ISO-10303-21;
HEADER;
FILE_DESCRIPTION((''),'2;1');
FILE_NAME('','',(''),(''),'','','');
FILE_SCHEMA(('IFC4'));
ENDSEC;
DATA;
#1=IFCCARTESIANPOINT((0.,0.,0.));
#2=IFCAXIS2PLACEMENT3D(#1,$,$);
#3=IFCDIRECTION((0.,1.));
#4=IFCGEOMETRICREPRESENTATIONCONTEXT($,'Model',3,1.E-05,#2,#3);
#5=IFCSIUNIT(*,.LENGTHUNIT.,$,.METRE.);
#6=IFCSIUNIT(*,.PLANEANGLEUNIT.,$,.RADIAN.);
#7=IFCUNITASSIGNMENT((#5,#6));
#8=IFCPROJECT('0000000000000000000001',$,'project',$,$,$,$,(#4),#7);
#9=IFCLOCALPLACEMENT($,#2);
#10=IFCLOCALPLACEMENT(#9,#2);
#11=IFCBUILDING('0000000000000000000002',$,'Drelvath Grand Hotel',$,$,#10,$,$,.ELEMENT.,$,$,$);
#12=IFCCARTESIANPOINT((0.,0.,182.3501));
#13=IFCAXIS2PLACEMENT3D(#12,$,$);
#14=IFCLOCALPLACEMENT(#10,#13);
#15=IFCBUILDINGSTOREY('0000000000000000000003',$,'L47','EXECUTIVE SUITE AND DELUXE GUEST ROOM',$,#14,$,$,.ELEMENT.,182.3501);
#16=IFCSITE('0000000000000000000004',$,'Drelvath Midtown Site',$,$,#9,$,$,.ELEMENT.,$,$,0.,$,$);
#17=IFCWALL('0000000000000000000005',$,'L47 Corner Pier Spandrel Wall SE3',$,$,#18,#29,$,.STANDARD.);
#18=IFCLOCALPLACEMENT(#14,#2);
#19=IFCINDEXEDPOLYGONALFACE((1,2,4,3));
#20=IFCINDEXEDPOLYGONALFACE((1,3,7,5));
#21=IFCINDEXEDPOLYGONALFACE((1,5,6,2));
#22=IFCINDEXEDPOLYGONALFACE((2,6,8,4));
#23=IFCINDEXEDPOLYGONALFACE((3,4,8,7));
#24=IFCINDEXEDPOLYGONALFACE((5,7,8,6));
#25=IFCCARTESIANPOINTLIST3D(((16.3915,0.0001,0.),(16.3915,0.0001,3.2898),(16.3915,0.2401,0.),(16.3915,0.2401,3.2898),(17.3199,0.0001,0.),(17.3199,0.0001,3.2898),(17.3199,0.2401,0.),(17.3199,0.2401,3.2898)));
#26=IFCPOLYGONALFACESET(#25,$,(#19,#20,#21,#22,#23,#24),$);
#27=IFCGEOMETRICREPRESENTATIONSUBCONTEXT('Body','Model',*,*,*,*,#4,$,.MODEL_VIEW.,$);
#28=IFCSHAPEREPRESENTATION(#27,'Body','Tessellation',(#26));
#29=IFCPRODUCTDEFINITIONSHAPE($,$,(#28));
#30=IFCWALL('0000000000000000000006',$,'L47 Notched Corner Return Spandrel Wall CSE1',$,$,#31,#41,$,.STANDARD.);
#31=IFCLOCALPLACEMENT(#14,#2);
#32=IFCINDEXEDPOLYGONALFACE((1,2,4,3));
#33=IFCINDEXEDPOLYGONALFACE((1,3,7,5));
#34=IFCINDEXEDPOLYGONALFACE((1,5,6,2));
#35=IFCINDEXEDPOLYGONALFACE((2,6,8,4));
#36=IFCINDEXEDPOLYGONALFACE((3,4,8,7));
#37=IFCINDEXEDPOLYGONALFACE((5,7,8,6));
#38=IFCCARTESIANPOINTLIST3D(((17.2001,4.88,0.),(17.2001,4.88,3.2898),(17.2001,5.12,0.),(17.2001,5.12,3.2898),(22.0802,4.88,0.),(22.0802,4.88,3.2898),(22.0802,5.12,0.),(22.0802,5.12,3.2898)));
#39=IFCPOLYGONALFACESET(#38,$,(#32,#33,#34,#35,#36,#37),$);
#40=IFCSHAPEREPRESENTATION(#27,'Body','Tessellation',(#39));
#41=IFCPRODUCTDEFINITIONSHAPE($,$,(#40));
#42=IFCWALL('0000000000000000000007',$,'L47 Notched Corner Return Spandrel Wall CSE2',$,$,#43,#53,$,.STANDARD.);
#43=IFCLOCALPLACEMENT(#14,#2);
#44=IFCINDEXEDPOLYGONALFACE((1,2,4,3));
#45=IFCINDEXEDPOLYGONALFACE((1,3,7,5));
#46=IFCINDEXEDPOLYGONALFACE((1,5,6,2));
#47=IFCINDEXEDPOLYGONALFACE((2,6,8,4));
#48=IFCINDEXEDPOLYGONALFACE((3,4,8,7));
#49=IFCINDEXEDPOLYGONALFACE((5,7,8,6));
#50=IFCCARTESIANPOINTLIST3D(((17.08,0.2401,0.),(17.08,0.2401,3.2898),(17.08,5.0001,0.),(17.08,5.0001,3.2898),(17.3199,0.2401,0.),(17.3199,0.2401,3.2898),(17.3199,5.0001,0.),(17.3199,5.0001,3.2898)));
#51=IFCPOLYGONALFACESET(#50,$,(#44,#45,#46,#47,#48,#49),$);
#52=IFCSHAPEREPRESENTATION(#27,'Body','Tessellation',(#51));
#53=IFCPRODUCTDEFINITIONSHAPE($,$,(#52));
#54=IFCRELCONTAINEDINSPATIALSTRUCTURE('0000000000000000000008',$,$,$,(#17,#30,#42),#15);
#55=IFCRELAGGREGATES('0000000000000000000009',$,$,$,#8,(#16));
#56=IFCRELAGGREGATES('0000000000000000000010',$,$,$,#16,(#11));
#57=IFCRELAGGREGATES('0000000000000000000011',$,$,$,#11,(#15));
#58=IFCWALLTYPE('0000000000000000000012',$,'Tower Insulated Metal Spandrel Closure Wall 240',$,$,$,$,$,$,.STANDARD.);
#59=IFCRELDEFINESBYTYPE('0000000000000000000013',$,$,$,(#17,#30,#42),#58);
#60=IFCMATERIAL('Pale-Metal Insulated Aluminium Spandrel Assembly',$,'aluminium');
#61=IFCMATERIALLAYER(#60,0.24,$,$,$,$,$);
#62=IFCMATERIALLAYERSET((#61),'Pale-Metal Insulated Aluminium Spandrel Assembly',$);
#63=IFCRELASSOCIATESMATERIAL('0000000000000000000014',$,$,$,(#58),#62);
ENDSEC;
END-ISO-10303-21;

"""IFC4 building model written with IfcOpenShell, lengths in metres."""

from ifc_helpers import new_model, si_unit, direction, frame, frame_2d, origin, place, context, subcontext, project, spatial, rectangle, extrude, material, layer, layer_set, type_object, element, save


model = new_model("IFC4")

# Units and contexts
model_context = context("Model", 3, precision=1e-05, world=origin(), true_north=direction((0.0, 1.0)))
body_context = subcontext(model_context, "Body", "Model", "MODEL_VIEW")
ifc_project = project(units=[si_unit("LENGTHUNIT", "METRE"), si_unit("PLANEANGLEUNIT", "RADIAN")], contexts=[model_context])

# Site, building, storey
site_placement = place(None, origin())
site = spatial("IfcSite", under=ifc_project, at=site_placement, Name="Drelvath Midtown Site", CompositionType="ELEMENT", RefElevation=0.0)
building_placement = place(site_placement, origin())
building = spatial("IfcBuilding", under=site, at=building_placement, Name="Drelvath Grand Hotel", CompositionType="ELEMENT")
storey_placement = place(building_placement, frame((0.0, 0.0, 182.3501)))
storey = spatial("IfcBuildingStorey", under=building, at=storey_placement, Name="L47", Description="EXECUTIVE SUITE AND DELUXE GUEST ROOM", CompositionType="ELEMENT", Elevation=182.3501)

# Walls
ifc_material_1 = material(Name="Pale-Metal Insulated Aluminium Spandrel Assembly", Category="aluminium")
ifc_layer_1 = layer(ifc_material_1, 0.24)
ifc_layer_set_1 = layer_set([ifc_layer_1], Name="Pale-Metal Insulated Aluminium Spandrel Assembly")
wall_type_1 = type_object("IfcWallType", Name="Tower Insulated Metal Spandrel Closure Wall 240", PredefinedType="STANDARD", material=ifc_layer_set_1)
wall_1_placement = place(storey_placement, frame((17.3201, 0.1201, 0.0), z_axis=(0.0, 0.0, 1.0), x_axis=(-1.0, 0.0, 0.0)))
element("IfcWall", 1, at=wall_1_placement, inside=storey, type_object=wall_type_1, Name="L47 Corner Pier Spandrel Wall SE3", PredefinedType="STANDARD", context=body_context, shape_type="SweptSolid", body=[
    extrude(rectangle(XDim=0.9285, YDim=0.24, at=frame_2d((0.4644, 0.0))), origin(), (0.0, 0.0, 1.0), 3.2898),
])
wall_2_placement = place(storey_placement, frame((22.0801, 5.0, 0.0), z_axis=(0.0, 0.0, 1.0), x_axis=(-1.0, 0.0, 0.0)))
element("IfcWall", 2, at=wall_2_placement, inside=storey, type_object=wall_type_1, Name="L47 Notched Corner Return Spandrel Wall CSE1", PredefinedType="STANDARD", context=body_context, shape_type="SweptSolid", body=[
    extrude(rectangle(XDim=4.8801, YDim=0.24, at=frame_2d((2.4399, 0.0))), origin(), (0.0, 0.0, 1.0), 3.2898),
])
wall_3_placement = place(storey_placement, frame((17.2, 5.0, 0.0), z_axis=(0.0, 0.0, 1.0), x_axis=(0.0, -1.0, 0.0)))
element("IfcWall", 3, at=wall_3_placement, inside=storey, type_object=wall_type_1, Name="L47 Notched Corner Return Spandrel Wall CSE2", PredefinedType="STANDARD", context=body_context, shape_type="SweptSolid", body=[
    extrude(rectangle(XDim=4.76, YDim=0.24, at=frame_2d((2.3799, 0.0))), origin(), (0.0, 0.0, 1.0), 3.2898),
])

save(model, "model.ifc")
